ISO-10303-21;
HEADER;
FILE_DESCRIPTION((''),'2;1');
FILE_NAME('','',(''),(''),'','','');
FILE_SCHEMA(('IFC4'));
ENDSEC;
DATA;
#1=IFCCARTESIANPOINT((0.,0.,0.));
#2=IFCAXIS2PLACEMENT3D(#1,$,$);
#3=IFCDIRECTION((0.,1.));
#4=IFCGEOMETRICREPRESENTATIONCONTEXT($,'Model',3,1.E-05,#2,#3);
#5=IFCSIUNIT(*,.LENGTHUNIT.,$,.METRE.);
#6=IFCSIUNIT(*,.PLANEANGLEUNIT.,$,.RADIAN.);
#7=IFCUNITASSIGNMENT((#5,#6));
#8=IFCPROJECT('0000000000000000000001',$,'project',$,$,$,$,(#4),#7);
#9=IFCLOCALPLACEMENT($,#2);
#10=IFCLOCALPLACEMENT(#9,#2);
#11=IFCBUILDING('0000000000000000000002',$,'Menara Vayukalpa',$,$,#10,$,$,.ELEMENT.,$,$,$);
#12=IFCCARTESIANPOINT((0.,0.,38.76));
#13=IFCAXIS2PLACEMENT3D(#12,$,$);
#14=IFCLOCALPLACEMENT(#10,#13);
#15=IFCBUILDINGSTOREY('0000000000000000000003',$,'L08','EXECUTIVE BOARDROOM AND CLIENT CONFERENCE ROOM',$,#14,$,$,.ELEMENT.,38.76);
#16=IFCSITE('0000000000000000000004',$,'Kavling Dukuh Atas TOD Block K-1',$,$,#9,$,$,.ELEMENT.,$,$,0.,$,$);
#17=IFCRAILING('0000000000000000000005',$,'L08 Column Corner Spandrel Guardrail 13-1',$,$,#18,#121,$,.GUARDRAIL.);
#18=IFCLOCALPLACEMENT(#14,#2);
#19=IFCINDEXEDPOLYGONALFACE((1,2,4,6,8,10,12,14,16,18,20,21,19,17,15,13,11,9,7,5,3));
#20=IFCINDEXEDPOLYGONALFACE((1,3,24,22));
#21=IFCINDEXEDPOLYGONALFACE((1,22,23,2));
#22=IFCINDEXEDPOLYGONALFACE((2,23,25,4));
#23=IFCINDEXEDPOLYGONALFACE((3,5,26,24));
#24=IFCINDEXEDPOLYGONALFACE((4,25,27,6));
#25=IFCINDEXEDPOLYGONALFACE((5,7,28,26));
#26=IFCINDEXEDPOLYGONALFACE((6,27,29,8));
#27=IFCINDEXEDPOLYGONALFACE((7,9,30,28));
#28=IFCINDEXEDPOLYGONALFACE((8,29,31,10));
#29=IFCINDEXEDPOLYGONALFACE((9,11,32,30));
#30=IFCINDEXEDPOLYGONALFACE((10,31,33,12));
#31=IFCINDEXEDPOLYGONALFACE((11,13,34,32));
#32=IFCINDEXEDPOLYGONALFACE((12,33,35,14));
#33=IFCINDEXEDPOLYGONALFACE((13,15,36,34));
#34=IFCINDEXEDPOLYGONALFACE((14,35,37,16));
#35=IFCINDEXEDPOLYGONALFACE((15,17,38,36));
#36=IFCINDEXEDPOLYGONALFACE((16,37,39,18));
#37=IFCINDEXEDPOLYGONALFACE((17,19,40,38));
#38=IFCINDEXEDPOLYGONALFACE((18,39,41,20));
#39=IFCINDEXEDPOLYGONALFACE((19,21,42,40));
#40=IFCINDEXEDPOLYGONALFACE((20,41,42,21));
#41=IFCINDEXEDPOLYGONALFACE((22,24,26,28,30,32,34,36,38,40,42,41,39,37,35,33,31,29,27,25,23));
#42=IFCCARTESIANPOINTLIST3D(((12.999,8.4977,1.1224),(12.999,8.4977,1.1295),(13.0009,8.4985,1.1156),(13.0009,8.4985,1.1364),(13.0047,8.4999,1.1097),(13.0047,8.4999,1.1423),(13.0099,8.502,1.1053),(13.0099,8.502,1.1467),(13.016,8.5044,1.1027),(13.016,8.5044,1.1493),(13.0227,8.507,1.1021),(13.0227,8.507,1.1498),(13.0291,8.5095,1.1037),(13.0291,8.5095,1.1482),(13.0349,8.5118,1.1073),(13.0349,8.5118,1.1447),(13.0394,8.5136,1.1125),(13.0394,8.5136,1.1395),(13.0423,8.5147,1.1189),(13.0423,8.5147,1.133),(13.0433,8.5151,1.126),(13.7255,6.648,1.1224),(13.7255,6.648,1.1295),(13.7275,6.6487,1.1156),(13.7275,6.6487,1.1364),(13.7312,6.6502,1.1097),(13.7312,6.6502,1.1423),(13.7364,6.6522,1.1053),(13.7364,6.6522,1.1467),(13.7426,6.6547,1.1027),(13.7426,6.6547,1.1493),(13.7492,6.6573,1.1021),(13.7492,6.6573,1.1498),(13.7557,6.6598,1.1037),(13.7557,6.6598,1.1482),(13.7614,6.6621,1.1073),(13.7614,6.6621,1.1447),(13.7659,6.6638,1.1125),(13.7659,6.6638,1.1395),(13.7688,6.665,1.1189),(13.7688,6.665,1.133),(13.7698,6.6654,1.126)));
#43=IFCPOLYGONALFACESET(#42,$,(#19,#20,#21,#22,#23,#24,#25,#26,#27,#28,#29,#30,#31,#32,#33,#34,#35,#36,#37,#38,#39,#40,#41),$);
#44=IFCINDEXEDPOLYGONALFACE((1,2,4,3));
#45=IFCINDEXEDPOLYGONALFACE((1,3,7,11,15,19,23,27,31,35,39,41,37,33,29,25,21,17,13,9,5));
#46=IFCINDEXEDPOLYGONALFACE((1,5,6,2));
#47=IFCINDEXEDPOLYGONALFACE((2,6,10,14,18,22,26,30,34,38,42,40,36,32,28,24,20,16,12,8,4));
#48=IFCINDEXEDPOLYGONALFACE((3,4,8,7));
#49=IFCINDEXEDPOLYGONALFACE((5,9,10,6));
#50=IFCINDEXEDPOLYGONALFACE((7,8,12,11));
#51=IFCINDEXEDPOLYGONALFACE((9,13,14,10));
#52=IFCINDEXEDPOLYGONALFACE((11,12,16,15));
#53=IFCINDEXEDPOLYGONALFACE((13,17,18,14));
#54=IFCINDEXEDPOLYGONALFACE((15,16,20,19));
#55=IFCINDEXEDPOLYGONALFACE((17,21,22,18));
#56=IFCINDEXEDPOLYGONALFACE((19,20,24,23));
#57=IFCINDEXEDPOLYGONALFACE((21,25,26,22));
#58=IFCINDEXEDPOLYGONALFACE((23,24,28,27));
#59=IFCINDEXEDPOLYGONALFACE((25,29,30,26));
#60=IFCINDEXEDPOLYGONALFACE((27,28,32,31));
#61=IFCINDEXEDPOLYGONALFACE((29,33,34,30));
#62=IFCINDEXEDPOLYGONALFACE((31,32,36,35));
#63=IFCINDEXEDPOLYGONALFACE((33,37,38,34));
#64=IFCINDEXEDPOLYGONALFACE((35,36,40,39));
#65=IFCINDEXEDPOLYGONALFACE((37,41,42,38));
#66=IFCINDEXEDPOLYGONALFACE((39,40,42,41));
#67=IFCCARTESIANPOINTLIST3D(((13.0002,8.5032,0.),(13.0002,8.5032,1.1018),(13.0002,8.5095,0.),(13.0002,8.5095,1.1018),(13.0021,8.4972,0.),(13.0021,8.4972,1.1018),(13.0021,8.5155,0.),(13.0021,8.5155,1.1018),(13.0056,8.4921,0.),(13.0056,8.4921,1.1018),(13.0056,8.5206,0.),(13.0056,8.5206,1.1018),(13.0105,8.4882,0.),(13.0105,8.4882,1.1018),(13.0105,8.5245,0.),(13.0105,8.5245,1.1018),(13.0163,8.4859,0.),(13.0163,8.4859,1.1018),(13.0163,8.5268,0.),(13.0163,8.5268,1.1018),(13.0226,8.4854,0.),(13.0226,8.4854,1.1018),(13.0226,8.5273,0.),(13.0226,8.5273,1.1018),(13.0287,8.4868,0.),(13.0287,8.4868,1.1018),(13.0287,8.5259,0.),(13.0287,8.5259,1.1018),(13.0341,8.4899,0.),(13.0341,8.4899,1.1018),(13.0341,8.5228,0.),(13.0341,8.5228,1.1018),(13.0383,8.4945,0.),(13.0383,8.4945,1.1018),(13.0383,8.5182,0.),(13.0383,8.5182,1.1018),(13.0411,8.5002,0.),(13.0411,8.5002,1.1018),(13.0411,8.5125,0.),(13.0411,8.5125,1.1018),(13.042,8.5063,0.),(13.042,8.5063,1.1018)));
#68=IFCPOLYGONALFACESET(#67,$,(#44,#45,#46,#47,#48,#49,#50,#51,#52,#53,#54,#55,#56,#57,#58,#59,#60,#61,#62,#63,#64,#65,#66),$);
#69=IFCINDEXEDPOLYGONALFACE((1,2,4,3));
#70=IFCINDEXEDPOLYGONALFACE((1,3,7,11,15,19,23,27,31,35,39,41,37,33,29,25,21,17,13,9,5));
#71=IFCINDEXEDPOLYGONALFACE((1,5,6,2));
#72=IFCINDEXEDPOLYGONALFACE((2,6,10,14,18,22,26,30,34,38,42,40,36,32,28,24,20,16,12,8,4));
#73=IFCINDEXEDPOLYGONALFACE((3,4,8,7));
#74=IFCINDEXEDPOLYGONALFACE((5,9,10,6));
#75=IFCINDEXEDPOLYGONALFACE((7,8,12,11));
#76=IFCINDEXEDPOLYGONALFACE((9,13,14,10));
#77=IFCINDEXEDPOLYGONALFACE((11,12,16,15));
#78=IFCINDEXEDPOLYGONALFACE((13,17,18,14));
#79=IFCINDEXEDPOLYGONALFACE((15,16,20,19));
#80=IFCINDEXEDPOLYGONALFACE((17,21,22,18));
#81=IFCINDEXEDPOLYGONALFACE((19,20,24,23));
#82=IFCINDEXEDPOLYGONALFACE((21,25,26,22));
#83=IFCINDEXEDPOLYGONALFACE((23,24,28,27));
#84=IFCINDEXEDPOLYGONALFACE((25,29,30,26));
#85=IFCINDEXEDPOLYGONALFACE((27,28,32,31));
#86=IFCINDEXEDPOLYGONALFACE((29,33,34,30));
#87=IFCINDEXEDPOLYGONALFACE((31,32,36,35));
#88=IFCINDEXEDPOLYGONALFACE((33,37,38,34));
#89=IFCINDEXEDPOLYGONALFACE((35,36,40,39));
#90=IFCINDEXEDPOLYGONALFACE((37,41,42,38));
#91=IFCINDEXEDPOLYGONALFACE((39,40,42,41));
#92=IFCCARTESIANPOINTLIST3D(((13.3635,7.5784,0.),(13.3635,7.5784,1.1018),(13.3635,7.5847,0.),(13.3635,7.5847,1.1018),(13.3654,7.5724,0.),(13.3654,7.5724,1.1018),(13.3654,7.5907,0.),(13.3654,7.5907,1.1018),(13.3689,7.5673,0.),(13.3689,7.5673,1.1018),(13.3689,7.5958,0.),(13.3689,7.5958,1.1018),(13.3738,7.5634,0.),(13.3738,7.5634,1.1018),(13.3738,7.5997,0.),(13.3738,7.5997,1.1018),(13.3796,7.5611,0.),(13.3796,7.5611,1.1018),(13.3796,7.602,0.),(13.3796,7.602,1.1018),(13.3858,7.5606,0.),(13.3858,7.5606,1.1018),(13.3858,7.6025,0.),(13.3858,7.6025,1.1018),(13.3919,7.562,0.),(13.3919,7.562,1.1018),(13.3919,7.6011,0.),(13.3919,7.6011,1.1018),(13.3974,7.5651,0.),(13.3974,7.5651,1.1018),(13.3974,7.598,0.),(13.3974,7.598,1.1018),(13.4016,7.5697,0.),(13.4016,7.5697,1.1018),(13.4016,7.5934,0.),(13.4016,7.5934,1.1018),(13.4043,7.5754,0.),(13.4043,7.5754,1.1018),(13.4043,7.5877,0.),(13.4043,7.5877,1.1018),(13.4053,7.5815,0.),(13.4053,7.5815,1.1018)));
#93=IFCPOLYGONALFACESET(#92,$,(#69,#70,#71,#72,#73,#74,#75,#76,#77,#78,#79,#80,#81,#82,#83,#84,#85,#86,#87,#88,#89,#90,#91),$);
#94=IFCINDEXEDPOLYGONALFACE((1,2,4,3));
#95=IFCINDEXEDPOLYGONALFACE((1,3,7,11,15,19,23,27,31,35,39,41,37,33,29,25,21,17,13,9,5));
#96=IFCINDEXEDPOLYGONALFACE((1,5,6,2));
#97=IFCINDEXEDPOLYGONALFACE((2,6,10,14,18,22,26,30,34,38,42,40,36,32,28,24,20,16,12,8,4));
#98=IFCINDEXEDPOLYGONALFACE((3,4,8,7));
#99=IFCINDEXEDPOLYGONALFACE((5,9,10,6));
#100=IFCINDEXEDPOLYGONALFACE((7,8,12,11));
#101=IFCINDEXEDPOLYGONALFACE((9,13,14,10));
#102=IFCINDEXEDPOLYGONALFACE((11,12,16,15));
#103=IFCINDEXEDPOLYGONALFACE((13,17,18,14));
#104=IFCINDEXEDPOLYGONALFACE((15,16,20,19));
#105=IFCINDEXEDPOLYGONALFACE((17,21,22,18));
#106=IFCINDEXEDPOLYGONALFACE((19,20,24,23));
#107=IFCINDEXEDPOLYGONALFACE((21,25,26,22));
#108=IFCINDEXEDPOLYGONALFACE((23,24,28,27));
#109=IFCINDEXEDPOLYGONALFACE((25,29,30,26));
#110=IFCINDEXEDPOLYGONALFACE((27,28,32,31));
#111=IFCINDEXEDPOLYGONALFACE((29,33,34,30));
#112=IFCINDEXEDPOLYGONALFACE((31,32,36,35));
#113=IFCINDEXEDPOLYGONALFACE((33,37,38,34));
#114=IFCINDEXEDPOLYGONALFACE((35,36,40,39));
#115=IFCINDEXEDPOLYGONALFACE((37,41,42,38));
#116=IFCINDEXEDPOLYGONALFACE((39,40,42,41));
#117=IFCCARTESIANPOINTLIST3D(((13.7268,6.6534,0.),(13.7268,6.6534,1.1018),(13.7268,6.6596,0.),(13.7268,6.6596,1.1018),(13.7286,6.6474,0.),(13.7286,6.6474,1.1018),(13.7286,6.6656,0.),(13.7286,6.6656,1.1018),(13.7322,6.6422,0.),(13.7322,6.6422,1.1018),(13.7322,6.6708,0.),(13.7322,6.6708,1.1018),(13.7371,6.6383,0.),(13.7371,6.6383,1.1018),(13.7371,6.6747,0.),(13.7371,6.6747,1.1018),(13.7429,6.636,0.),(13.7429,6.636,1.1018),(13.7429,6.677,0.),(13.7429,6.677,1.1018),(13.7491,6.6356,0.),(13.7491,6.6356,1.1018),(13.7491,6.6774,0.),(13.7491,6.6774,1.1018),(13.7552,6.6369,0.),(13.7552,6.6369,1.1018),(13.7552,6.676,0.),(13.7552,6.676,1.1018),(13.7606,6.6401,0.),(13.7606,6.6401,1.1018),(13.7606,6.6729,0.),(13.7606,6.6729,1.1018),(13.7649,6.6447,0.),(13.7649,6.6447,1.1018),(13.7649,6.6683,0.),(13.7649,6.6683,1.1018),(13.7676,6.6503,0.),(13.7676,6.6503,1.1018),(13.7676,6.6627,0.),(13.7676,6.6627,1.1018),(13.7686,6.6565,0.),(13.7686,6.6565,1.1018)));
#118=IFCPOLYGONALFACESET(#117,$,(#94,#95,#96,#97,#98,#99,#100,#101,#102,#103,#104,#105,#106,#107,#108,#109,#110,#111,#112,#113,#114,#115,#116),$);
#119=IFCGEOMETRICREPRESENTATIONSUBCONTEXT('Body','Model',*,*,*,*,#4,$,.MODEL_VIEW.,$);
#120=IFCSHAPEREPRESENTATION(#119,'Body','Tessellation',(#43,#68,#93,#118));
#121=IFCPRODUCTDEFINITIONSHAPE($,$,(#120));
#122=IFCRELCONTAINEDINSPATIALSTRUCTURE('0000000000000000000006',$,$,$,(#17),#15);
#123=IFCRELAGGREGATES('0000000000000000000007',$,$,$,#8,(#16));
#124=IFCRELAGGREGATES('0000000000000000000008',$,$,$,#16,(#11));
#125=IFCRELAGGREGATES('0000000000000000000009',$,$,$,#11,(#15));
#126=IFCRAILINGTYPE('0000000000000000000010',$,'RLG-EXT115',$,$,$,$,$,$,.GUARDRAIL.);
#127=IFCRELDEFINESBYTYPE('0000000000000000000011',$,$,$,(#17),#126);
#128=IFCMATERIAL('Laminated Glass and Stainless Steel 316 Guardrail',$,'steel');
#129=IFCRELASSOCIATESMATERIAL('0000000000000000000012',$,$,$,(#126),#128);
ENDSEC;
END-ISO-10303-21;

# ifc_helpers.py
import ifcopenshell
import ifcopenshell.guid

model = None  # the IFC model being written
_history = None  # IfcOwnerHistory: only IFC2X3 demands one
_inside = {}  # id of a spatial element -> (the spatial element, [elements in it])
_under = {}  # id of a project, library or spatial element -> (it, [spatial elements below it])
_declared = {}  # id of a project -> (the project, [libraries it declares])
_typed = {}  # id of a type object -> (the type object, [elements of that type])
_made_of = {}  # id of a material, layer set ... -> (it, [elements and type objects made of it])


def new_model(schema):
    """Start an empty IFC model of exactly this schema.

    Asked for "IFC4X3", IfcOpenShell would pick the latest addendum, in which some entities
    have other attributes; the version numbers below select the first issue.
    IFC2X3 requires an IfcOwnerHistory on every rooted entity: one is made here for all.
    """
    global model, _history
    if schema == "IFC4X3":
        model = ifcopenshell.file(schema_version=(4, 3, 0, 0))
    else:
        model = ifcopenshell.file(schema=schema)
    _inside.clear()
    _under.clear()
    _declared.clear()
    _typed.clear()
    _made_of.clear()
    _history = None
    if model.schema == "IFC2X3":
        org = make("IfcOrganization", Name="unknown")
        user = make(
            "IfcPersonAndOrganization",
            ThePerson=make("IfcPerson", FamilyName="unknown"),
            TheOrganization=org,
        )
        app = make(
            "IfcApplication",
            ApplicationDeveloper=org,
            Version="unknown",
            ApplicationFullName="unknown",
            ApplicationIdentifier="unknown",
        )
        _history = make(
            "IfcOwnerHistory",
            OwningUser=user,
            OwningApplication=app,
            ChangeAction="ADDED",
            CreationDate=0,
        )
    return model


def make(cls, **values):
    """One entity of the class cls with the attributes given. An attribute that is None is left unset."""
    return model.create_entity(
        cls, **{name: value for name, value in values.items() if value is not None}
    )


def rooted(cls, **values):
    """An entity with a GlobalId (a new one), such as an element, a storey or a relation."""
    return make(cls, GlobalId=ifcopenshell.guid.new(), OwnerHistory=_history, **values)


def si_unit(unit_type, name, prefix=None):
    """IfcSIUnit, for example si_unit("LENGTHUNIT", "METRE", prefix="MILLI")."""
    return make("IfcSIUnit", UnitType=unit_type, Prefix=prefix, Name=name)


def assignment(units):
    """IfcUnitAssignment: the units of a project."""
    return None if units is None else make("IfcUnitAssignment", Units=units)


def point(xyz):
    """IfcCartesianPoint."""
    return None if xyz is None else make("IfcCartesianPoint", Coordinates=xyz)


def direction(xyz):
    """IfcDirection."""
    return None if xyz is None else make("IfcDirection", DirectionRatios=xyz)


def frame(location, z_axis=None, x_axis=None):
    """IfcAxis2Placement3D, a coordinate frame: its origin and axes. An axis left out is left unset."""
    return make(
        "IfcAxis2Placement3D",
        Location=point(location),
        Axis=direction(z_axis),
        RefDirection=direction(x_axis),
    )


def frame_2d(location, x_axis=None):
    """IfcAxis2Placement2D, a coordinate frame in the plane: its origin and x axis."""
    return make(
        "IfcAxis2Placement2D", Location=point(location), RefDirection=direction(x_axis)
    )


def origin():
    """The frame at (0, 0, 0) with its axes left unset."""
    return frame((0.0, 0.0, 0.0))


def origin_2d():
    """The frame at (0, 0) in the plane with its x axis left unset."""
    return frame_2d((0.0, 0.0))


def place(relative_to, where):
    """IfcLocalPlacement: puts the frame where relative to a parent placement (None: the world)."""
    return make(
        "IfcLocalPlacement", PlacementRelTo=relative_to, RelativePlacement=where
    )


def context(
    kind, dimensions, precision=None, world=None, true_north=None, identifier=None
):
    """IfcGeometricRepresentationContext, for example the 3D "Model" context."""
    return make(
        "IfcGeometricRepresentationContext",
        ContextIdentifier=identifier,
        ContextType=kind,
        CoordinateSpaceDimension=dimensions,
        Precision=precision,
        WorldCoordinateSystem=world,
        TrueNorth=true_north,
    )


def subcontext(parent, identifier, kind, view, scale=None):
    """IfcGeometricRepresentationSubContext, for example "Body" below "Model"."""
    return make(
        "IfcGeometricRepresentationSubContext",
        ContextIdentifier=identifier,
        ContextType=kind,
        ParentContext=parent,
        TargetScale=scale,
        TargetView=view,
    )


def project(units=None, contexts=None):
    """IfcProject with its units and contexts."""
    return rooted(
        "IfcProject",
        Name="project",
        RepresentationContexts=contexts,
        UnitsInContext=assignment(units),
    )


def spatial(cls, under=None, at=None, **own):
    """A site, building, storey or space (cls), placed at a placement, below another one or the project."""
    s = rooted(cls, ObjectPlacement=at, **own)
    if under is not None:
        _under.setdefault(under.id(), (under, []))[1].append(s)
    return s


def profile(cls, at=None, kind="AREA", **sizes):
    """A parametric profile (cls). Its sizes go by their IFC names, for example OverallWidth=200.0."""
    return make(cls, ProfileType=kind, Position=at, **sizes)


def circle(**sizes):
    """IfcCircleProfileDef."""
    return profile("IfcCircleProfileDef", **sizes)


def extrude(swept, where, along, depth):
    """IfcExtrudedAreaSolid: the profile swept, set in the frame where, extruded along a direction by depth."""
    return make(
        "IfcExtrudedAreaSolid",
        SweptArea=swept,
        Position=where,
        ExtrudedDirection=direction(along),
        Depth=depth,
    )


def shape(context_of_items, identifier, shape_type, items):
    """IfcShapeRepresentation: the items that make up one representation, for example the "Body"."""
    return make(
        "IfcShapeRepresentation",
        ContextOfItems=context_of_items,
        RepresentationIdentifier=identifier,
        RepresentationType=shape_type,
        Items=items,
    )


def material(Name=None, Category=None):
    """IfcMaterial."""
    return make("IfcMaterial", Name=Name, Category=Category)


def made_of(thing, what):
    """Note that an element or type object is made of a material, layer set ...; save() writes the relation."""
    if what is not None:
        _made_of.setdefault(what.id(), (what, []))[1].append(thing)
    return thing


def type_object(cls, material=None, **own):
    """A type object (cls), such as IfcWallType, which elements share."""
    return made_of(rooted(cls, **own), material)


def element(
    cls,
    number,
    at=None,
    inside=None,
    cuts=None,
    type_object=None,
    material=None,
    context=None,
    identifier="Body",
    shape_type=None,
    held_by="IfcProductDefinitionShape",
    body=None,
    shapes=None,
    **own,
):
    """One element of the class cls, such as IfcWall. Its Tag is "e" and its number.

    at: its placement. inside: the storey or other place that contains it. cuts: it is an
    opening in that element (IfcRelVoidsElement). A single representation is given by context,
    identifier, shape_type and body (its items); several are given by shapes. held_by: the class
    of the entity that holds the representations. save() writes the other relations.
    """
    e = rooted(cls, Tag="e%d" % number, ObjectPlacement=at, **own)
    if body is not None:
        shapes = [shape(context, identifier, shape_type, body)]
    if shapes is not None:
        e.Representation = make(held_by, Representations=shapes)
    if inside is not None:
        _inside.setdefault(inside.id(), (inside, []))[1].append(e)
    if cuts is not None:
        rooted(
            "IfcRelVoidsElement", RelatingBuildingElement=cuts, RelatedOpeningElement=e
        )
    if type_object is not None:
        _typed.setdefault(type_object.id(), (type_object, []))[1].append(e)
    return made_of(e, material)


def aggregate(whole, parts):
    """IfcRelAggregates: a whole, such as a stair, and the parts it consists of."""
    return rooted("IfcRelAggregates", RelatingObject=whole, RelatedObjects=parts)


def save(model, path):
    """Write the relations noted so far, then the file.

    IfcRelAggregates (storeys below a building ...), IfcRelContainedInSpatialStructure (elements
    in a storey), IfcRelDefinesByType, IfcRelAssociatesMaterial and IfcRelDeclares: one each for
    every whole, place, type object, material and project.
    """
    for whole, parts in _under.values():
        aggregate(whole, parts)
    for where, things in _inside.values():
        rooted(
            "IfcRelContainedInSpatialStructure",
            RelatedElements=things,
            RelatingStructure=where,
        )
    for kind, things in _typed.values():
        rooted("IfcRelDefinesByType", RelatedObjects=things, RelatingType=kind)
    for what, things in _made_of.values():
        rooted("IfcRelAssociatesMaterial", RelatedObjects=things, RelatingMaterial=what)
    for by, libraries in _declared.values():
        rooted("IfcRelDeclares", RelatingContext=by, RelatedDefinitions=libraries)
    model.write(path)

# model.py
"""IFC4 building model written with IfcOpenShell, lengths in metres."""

from ifc_helpers import new_model, si_unit, direction, frame, origin, origin_2d, place, context, subcontext, project, spatial, circle, extrude, material, type_object, element, save


model = new_model("IFC4")

# Units and contexts
model_context = context("Model", 3, precision=1e-05, world=origin(), true_north=direction((0.0, 1.0)))
body_context = subcontext(model_context, "Body", "Model", "MODEL_VIEW")
ifc_project = project(units=[si_unit("LENGTHUNIT", "METRE"), si_unit("PLANEANGLEUNIT", "RADIAN")], contexts=[model_context])

# Site, building, storey
site_placement = place(None, origin())
site = spatial("IfcSite", under=ifc_project, at=site_placement, Name="Kavling Dukuh Atas TOD Block K-1", CompositionType="ELEMENT", RefElevation=0.0)
building_placement = place(site_placement, origin())
building = spatial("IfcBuilding", under=site, at=building_placement, Name="Menara Vayukalpa", CompositionType="ELEMENT")
storey_placement = place(building_placement, frame((0.0, 0.0, 38.76)))
storey = spatial("IfcBuildingStorey", under=building, at=storey_placement, Name="L08", Description="EXECUTIVE BOARDROOM AND CLIENT CONFERENCE ROOM", CompositionType="ELEMENT", Elevation=38.76)

# Railing
ifc_material_1 = material(Name="Laminated Glass and Stainless Steel 316 Guardrail", Category="steel")
railing_type = type_object("IfcRailingType", Name="RLG-EXT115", PredefinedType="GUARDRAIL", material=ifc_material_1)
railing_1_placement = place(storey_placement, frame((13.021, 8.5063, 0.0)))
element("IfcRailing", 1, at=railing_1_placement, inside=storey, type_object=railing_type, Name="L08 Column Corner Spandrel Guardrail 13-1", PredefinedType="GUARDRAIL", context=body_context, shape_type="SweptSolid", body=[
    extrude(circle(Radius=0.0239, at=origin_2d()), frame((0.0, 0.0, 1.126), z_axis=(0.36558, -0.93078, 0.0), x_axis=(0.93078, 0.36558, 0.0)), (0.0, 0.0, 1.0), 1.9873),
    extrude(circle(Radius=0.021, at=origin_2d()), origin(), (0.0, 0.0, 1.0), 1.1018),
    extrude(circle(Radius=0.021, at=origin_2d()), frame((0.3633, -0.9248, 0.0)), (0.0, 0.0, 1.0), 1.1018),
    extrude(circle(Radius=0.021, at=origin_2d()), frame((0.7266, -1.8499, 0.0)), (0.0, 0.0, 1.0), 1.1018),
])

save(model, "model.ifc")
